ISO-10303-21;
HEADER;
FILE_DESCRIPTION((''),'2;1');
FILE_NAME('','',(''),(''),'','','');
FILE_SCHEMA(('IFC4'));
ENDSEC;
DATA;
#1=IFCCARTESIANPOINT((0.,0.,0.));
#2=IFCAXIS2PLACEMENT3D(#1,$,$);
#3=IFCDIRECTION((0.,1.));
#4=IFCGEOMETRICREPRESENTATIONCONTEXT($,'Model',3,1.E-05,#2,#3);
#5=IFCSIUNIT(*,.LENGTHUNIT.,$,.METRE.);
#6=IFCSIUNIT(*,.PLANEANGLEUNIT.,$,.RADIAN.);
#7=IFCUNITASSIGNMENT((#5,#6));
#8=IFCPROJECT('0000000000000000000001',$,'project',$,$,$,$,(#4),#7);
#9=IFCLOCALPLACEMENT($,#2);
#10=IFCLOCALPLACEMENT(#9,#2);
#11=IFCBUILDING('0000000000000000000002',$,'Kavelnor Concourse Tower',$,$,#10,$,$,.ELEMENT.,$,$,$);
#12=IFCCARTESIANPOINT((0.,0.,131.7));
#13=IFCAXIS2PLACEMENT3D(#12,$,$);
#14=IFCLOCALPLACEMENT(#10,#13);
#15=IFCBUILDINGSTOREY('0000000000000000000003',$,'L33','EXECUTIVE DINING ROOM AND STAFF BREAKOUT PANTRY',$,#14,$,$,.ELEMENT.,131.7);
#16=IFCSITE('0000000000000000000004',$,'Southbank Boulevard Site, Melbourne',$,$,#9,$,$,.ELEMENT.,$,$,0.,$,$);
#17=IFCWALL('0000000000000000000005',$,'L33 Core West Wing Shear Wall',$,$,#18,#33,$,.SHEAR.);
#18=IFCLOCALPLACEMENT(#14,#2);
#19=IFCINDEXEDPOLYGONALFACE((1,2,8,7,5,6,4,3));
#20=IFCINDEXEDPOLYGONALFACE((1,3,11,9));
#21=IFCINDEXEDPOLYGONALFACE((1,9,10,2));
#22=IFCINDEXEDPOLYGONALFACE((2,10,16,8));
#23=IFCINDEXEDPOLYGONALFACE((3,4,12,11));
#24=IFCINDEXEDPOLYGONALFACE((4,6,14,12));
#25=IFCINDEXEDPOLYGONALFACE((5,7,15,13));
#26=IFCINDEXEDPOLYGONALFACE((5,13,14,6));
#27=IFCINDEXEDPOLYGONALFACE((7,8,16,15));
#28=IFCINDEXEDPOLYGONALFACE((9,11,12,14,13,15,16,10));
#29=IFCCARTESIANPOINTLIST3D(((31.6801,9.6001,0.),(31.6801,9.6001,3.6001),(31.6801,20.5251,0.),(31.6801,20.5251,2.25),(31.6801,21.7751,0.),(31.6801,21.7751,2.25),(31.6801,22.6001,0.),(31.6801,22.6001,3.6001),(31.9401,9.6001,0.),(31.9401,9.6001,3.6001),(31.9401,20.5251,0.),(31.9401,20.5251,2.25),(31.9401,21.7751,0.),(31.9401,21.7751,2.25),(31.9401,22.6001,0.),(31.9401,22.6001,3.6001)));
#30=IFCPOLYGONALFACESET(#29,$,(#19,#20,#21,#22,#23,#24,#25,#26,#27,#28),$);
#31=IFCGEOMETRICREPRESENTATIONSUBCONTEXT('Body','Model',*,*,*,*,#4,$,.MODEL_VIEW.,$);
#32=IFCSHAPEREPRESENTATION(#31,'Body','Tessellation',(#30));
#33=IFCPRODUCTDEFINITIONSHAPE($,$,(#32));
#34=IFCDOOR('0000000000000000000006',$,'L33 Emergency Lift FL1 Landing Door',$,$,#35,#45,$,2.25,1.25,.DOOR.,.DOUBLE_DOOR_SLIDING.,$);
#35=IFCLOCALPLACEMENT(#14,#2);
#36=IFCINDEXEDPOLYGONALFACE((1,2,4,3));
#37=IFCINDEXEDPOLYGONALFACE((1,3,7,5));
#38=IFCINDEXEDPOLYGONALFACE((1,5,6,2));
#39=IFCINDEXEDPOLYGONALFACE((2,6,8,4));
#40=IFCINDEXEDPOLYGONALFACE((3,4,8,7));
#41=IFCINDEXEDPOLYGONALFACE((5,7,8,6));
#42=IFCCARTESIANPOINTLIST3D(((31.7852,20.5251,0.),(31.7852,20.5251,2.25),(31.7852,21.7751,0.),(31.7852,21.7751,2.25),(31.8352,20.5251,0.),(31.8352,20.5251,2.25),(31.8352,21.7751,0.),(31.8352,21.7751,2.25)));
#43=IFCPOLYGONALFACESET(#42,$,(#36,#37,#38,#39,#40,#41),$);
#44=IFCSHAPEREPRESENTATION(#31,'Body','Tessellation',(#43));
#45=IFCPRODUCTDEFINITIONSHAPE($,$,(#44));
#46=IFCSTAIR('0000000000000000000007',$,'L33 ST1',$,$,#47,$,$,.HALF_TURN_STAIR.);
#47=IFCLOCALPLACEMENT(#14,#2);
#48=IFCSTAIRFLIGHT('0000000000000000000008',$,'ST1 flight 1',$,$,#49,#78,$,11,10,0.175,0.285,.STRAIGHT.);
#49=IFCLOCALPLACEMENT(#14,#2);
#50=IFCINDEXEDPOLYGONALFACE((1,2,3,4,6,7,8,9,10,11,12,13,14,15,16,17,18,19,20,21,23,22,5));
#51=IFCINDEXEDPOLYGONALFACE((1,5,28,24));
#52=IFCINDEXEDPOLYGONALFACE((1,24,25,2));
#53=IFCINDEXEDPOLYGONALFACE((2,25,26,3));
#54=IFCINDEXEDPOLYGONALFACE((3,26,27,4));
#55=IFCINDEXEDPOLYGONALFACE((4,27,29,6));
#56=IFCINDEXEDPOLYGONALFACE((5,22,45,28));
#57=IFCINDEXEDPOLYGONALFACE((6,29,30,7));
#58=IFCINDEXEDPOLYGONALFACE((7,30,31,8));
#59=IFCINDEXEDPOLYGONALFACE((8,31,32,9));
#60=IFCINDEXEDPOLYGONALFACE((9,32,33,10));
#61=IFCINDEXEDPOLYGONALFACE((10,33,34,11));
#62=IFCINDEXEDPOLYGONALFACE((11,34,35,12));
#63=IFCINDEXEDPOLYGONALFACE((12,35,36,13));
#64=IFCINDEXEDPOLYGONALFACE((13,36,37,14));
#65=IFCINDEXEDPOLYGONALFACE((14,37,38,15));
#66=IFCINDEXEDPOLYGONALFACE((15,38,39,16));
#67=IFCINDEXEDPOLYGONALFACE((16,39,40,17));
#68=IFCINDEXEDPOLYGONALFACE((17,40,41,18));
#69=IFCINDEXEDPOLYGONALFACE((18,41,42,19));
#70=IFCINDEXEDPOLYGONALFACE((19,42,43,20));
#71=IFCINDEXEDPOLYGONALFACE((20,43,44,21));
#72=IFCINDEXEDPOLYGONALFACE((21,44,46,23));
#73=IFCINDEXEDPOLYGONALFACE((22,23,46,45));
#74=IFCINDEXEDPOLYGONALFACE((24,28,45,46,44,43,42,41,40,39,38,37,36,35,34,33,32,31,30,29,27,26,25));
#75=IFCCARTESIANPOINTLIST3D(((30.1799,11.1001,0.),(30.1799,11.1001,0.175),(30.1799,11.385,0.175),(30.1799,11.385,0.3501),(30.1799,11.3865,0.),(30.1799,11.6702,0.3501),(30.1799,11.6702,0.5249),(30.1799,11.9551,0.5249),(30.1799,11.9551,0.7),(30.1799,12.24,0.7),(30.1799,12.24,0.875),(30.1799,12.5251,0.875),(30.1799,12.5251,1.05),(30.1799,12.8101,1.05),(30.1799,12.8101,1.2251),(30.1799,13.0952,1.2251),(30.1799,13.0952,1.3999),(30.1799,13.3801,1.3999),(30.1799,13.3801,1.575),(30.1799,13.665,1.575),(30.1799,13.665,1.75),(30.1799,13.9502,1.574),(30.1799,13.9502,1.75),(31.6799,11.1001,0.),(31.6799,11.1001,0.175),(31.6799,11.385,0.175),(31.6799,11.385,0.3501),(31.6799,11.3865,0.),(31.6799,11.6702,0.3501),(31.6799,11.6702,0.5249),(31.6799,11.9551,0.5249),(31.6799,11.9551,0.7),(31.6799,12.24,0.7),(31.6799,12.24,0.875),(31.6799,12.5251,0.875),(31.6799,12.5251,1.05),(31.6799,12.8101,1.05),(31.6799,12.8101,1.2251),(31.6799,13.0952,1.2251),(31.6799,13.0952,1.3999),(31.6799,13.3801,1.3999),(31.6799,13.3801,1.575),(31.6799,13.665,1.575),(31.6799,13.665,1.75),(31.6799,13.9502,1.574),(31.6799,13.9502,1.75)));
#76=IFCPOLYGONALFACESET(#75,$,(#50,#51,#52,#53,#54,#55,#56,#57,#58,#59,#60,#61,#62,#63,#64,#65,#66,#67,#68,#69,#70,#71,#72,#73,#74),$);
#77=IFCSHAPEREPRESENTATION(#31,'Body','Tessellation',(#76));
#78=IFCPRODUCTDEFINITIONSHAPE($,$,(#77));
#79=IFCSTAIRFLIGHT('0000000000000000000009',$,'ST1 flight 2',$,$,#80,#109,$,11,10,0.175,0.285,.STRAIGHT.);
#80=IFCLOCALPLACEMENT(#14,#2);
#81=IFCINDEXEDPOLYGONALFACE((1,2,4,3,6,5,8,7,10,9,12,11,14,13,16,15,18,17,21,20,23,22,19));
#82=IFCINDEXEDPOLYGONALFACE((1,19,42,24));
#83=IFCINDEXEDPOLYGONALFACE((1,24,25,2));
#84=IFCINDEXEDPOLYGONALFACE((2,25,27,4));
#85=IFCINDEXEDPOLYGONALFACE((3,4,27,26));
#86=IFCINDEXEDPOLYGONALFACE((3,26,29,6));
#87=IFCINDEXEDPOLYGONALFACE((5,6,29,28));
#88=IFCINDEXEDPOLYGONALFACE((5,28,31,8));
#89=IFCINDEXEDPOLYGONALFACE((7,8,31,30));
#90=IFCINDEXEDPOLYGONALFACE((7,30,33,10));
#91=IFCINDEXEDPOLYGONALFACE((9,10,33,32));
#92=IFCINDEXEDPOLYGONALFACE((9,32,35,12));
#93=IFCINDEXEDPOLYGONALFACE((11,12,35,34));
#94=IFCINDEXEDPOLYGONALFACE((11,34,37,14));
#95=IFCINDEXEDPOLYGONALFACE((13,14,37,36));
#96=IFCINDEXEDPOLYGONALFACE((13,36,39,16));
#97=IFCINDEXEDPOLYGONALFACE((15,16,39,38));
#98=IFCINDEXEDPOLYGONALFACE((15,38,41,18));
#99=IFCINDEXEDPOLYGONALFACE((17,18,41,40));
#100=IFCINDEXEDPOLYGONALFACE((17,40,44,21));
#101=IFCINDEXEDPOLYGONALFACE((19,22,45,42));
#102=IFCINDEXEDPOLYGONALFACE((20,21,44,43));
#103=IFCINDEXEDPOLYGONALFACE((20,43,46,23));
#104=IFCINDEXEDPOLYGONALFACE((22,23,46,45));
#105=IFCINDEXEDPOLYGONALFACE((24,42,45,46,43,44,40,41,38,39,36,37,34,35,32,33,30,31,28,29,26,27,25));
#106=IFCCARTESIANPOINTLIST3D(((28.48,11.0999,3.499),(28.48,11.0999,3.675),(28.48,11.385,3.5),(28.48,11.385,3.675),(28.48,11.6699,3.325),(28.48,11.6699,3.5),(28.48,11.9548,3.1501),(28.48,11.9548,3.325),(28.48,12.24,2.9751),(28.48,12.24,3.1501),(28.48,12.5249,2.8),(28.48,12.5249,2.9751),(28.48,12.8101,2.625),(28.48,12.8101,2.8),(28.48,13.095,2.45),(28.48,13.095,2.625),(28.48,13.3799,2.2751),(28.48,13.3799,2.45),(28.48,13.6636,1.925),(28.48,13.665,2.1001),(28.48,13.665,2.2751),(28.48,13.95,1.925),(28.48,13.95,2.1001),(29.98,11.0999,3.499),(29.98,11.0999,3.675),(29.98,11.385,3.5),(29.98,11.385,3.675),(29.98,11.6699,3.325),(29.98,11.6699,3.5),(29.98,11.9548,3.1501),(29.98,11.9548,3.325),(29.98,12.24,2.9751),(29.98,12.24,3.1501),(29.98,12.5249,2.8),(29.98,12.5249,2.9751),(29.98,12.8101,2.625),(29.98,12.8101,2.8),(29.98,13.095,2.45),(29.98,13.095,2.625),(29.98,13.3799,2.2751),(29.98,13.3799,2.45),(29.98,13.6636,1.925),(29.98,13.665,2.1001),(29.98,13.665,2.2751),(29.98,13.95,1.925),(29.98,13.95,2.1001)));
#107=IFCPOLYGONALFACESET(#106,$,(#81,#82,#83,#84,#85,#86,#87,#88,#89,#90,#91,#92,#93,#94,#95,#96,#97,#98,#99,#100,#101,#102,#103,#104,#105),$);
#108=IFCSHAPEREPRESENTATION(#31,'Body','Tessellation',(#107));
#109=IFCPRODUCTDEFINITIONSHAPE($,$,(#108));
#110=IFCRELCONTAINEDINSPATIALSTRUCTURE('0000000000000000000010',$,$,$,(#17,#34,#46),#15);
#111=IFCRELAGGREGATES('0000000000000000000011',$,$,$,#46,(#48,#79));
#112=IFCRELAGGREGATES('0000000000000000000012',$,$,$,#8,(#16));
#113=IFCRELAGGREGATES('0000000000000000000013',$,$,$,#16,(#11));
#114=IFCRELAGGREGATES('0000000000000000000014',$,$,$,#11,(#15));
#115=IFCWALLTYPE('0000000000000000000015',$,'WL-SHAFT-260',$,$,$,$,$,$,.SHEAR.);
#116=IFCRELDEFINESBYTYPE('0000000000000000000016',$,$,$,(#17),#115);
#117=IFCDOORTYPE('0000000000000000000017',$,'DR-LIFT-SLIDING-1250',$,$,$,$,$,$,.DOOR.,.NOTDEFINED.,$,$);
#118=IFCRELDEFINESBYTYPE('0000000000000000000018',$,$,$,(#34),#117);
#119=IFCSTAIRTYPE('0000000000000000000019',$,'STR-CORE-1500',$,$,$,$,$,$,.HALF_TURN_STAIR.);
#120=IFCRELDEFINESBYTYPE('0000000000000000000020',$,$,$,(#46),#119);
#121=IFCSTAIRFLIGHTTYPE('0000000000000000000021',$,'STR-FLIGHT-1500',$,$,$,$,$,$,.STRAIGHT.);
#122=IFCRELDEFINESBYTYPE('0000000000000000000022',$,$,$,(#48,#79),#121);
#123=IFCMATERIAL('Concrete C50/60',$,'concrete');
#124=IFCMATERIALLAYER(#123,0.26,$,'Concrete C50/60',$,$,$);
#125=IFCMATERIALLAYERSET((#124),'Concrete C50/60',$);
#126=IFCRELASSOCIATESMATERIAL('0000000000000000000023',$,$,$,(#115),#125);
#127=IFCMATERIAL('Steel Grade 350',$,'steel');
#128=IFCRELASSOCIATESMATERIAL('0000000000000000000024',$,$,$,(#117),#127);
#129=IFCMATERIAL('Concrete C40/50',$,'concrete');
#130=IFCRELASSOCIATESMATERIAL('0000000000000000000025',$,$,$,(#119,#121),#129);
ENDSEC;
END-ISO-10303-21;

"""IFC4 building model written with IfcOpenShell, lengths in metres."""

from ifc_helpers import new_model, si_unit, direction, frame, frame_2d, origin, place, context, subcontext, project, spatial, polyline, rectangle, outline, extrude, material, layer, layer_set, type_object, element, fill, aggregate, save


model = new_model("IFC4")

# Units and contexts
model_context = context("Model", 3, precision=1e-05, world=origin(), true_north=direction((0.0, 1.0)))
body_context = subcontext(model_context, "Body", "Model", "MODEL_VIEW")
ifc_project = project(units=[si_unit("LENGTHUNIT", "METRE"), si_unit("PLANEANGLEUNIT", "RADIAN")], contexts=[model_context])

# Site, building, storey
site_placement = place(None, origin())
site = spatial("IfcSite", under=ifc_project, at=site_placement, Name="Southbank Boulevard Site, Melbourne", CompositionType="ELEMENT", RefElevation=0.0)
building_placement = place(site_placement, origin())
building = spatial("IfcBuilding", under=site, at=building_placement, Name="Kavelnor Concourse Tower", CompositionType="ELEMENT")
storey_placement = place(building_placement, frame((0.0, 0.0, 131.7)))
storey = spatial("IfcBuildingStorey", under=building, at=storey_placement, Name="L33", Description="EXECUTIVE DINING ROOM AND STAFF BREAKOUT PANTRY", CompositionType="ELEMENT", Elevation=131.7)

# Shared definitions
ifc_material_1 = material(Name="Steel Grade 350", Category="steel")

# Shared definitions
ifc_material_2 = material(Name="Concrete C50/60", Category="concrete")

# Wall, opening, door
ifc_layer_1 = layer(ifc_material_2, 0.26, Name="Concrete C50/60")
ifc_layer_set_1 = layer_set([ifc_layer_1], Name="Concrete C50/60")
wall_type_1 = type_object("IfcWallType", Name="WL-SHAFT-260", PredefinedType="SHEAR", material=ifc_layer_set_1)
wall_1_placement = place(storey_placement, frame((31.8101, 9.6001, 0.0), z_axis=(0.0, 0.0, 1.0), x_axis=(0.0, 1.0, 0.0)))
wall_1 = element("IfcWall", 1, at=wall_1_placement, inside=storey, type_object=wall_type_1, Name="L33 Core West Wing Shear Wall", PredefinedType="SHEAR", context=body_context, shape_type="SweptSolid", body=[
    extrude(rectangle(XDim=13.0, YDim=0.26, at=frame_2d((6.5, 0.0))), origin(), (0.0, 0.0, 1.0), 3.6001),
])
opening_1_placement = place(wall_1_placement, frame((10.925, 0.0, 0.0)))
opening_1 = element("IfcOpeningElement", 2, at=opening_1_placement, cuts=wall_1, PredefinedType="OPENING", context=body_context, shape_type="SweptSolid", body=[
    extrude(rectangle(XDim=1.25, YDim=2.25, at=frame_2d((0.625, 1.125))), frame((0.0, 0.1401, 0.0), z_axis=(0.0, -1.0, 0.0), x_axis=(1.0, 0.0, 0.0)), (0.0, 0.0, 1.0), 0.28),
])
door_type_1 = type_object("IfcDoorType", Name="DR-LIFT-SLIDING-1250", OperationType="NOTDEFINED", PredefinedType="DOOR", material=ifc_material_1)
door_1_placement = place(opening_1_placement, origin())
door_1 = element("IfcDoor", 3, at=door_1_placement, inside=storey, type_object=door_type_1, Name="L33 Emergency Lift FL1 Landing Door", OperationType="DOUBLE_DOOR_SLIDING", OverallHeight=2.25, OverallWidth=1.25, PredefinedType="DOOR", context=body_context, shape_type="SweptSolid", body=[
    extrude(rectangle(XDim=1.25, YDim=2.25, at=frame_2d((0.625, 1.125))), frame((0.0, 0.0249, 0.0), z_axis=(0.0, -1.0, 0.0), x_axis=(1.0, 0.0, 0.0)), (0.0, 0.0, 1.0), 0.05),
])
fill(opening_1, door_1)

# Stair, stair flights
ifc_material_3 = material(Name="Concrete C40/50", Category="concrete")
stair_type = type_object("IfcStairType", Name="STR-CORE-1500", PredefinedType="HALF_TURN_STAIR", material=ifc_material_3)
stair_placement = place(storey_placement, origin())
stair = element("IfcStair", 4, at=stair_placement, inside=storey, type_object=stair_type, Name="L33 ST1", PredefinedType="HALF_TURN_STAIR")
stair_flight_type = type_object("IfcStairFlightType", Name="STR-FLIGHT-1500", PredefinedType="STRAIGHT", material=ifc_material_3)
stair_flight_1_placement = place(storey_placement, frame((30.9299, 11.1001, 0.0), z_axis=(0.0, 0.0, 1.0), x_axis=(0.0, 1.0, 0.0)))
stair_flight_1 = element("IfcStairFlight", 5, at=stair_flight_1_placement, type_object=stair_flight_type, Name="ST1 flight 1", NumberOfRisers=11, NumberOfTreads=10, PredefinedType="STRAIGHT", RiserHeight=0.175, TreadLength=0.285, context=body_context, shape_type="SweptSolid", body=[
    extrude(outline(polyline([(0.0, 0.0), (0.0, 0.175), (0.2849, 0.175), (0.2849, 0.3501), (0.5701, 0.3501), (0.5701, 0.5249), (0.855, 0.5249), (0.855, 0.7), (1.1399, 0.7), (1.1399, 0.875), (1.425, 0.875), (1.425, 1.05), (1.71, 1.05), (1.71, 1.2251), (1.9951, 1.2251), (1.9951, 1.3999), (2.28, 1.3999), (2.28, 1.575), (2.5649, 1.575), (2.5649, 1.75), (2.8501, 1.75), (2.8501, 1.925), (2.8501, 1.574), (0.2864, 0.0), (0.0, 0.0)])), frame((0.0, 0.75, 0.0), z_axis=(0.0, -1.0, 0.0), x_axis=(1.0, 0.0, 0.0)), (0.0, 0.0, 1.0), 1.5),
])
stair_flight_2_placement = place(storey_placement, frame((29.23, 13.95, 1.925), z_axis=(0.0, 0.0, 1.0), x_axis=(0.0, -1.0, 0.0)))
stair_flight_2 = element("IfcStairFlight", 6, at=stair_flight_2_placement, type_object=stair_flight_type, Name="ST1 flight 2", NumberOfRisers=11, NumberOfTreads=10, PredefinedType="STRAIGHT", RiserHeight=0.175, TreadLength=0.285, context=body_context, shape_type="SweptSolid", body=[
    extrude(outline(polyline([(0.0, 0.0), (0.0, 0.175), (0.2849, 0.175), (0.2849, 0.3501), (0.5701, 0.3501), (0.5701, 0.5249), (0.855, 0.5249), (0.855, 0.7), (1.1399, 0.7), (1.1399, 0.875), (1.425, 0.875), (1.425, 1.05), (1.71, 1.05), (1.71, 1.2251), (1.9951, 1.2251), (1.9951, 1.3999), (2.28, 1.3999), (2.28, 1.575), (2.5649, 1.575), (2.5649, 1.75), (2.8501, 1.75), (2.8501, 1.925), (2.8501, 1.574), (0.2864, 0.0), (0.0, 0.0)])), frame((0.0, 0.75, 0.0), z_axis=(0.0, -1.0, 0.0), x_axis=(1.0, 0.0, 0.0)), (0.0, 0.0, 1.0), 1.5),
])
aggregate(stair, [stair_flight_1, stair_flight_2])

save(model, "model.ifc")
